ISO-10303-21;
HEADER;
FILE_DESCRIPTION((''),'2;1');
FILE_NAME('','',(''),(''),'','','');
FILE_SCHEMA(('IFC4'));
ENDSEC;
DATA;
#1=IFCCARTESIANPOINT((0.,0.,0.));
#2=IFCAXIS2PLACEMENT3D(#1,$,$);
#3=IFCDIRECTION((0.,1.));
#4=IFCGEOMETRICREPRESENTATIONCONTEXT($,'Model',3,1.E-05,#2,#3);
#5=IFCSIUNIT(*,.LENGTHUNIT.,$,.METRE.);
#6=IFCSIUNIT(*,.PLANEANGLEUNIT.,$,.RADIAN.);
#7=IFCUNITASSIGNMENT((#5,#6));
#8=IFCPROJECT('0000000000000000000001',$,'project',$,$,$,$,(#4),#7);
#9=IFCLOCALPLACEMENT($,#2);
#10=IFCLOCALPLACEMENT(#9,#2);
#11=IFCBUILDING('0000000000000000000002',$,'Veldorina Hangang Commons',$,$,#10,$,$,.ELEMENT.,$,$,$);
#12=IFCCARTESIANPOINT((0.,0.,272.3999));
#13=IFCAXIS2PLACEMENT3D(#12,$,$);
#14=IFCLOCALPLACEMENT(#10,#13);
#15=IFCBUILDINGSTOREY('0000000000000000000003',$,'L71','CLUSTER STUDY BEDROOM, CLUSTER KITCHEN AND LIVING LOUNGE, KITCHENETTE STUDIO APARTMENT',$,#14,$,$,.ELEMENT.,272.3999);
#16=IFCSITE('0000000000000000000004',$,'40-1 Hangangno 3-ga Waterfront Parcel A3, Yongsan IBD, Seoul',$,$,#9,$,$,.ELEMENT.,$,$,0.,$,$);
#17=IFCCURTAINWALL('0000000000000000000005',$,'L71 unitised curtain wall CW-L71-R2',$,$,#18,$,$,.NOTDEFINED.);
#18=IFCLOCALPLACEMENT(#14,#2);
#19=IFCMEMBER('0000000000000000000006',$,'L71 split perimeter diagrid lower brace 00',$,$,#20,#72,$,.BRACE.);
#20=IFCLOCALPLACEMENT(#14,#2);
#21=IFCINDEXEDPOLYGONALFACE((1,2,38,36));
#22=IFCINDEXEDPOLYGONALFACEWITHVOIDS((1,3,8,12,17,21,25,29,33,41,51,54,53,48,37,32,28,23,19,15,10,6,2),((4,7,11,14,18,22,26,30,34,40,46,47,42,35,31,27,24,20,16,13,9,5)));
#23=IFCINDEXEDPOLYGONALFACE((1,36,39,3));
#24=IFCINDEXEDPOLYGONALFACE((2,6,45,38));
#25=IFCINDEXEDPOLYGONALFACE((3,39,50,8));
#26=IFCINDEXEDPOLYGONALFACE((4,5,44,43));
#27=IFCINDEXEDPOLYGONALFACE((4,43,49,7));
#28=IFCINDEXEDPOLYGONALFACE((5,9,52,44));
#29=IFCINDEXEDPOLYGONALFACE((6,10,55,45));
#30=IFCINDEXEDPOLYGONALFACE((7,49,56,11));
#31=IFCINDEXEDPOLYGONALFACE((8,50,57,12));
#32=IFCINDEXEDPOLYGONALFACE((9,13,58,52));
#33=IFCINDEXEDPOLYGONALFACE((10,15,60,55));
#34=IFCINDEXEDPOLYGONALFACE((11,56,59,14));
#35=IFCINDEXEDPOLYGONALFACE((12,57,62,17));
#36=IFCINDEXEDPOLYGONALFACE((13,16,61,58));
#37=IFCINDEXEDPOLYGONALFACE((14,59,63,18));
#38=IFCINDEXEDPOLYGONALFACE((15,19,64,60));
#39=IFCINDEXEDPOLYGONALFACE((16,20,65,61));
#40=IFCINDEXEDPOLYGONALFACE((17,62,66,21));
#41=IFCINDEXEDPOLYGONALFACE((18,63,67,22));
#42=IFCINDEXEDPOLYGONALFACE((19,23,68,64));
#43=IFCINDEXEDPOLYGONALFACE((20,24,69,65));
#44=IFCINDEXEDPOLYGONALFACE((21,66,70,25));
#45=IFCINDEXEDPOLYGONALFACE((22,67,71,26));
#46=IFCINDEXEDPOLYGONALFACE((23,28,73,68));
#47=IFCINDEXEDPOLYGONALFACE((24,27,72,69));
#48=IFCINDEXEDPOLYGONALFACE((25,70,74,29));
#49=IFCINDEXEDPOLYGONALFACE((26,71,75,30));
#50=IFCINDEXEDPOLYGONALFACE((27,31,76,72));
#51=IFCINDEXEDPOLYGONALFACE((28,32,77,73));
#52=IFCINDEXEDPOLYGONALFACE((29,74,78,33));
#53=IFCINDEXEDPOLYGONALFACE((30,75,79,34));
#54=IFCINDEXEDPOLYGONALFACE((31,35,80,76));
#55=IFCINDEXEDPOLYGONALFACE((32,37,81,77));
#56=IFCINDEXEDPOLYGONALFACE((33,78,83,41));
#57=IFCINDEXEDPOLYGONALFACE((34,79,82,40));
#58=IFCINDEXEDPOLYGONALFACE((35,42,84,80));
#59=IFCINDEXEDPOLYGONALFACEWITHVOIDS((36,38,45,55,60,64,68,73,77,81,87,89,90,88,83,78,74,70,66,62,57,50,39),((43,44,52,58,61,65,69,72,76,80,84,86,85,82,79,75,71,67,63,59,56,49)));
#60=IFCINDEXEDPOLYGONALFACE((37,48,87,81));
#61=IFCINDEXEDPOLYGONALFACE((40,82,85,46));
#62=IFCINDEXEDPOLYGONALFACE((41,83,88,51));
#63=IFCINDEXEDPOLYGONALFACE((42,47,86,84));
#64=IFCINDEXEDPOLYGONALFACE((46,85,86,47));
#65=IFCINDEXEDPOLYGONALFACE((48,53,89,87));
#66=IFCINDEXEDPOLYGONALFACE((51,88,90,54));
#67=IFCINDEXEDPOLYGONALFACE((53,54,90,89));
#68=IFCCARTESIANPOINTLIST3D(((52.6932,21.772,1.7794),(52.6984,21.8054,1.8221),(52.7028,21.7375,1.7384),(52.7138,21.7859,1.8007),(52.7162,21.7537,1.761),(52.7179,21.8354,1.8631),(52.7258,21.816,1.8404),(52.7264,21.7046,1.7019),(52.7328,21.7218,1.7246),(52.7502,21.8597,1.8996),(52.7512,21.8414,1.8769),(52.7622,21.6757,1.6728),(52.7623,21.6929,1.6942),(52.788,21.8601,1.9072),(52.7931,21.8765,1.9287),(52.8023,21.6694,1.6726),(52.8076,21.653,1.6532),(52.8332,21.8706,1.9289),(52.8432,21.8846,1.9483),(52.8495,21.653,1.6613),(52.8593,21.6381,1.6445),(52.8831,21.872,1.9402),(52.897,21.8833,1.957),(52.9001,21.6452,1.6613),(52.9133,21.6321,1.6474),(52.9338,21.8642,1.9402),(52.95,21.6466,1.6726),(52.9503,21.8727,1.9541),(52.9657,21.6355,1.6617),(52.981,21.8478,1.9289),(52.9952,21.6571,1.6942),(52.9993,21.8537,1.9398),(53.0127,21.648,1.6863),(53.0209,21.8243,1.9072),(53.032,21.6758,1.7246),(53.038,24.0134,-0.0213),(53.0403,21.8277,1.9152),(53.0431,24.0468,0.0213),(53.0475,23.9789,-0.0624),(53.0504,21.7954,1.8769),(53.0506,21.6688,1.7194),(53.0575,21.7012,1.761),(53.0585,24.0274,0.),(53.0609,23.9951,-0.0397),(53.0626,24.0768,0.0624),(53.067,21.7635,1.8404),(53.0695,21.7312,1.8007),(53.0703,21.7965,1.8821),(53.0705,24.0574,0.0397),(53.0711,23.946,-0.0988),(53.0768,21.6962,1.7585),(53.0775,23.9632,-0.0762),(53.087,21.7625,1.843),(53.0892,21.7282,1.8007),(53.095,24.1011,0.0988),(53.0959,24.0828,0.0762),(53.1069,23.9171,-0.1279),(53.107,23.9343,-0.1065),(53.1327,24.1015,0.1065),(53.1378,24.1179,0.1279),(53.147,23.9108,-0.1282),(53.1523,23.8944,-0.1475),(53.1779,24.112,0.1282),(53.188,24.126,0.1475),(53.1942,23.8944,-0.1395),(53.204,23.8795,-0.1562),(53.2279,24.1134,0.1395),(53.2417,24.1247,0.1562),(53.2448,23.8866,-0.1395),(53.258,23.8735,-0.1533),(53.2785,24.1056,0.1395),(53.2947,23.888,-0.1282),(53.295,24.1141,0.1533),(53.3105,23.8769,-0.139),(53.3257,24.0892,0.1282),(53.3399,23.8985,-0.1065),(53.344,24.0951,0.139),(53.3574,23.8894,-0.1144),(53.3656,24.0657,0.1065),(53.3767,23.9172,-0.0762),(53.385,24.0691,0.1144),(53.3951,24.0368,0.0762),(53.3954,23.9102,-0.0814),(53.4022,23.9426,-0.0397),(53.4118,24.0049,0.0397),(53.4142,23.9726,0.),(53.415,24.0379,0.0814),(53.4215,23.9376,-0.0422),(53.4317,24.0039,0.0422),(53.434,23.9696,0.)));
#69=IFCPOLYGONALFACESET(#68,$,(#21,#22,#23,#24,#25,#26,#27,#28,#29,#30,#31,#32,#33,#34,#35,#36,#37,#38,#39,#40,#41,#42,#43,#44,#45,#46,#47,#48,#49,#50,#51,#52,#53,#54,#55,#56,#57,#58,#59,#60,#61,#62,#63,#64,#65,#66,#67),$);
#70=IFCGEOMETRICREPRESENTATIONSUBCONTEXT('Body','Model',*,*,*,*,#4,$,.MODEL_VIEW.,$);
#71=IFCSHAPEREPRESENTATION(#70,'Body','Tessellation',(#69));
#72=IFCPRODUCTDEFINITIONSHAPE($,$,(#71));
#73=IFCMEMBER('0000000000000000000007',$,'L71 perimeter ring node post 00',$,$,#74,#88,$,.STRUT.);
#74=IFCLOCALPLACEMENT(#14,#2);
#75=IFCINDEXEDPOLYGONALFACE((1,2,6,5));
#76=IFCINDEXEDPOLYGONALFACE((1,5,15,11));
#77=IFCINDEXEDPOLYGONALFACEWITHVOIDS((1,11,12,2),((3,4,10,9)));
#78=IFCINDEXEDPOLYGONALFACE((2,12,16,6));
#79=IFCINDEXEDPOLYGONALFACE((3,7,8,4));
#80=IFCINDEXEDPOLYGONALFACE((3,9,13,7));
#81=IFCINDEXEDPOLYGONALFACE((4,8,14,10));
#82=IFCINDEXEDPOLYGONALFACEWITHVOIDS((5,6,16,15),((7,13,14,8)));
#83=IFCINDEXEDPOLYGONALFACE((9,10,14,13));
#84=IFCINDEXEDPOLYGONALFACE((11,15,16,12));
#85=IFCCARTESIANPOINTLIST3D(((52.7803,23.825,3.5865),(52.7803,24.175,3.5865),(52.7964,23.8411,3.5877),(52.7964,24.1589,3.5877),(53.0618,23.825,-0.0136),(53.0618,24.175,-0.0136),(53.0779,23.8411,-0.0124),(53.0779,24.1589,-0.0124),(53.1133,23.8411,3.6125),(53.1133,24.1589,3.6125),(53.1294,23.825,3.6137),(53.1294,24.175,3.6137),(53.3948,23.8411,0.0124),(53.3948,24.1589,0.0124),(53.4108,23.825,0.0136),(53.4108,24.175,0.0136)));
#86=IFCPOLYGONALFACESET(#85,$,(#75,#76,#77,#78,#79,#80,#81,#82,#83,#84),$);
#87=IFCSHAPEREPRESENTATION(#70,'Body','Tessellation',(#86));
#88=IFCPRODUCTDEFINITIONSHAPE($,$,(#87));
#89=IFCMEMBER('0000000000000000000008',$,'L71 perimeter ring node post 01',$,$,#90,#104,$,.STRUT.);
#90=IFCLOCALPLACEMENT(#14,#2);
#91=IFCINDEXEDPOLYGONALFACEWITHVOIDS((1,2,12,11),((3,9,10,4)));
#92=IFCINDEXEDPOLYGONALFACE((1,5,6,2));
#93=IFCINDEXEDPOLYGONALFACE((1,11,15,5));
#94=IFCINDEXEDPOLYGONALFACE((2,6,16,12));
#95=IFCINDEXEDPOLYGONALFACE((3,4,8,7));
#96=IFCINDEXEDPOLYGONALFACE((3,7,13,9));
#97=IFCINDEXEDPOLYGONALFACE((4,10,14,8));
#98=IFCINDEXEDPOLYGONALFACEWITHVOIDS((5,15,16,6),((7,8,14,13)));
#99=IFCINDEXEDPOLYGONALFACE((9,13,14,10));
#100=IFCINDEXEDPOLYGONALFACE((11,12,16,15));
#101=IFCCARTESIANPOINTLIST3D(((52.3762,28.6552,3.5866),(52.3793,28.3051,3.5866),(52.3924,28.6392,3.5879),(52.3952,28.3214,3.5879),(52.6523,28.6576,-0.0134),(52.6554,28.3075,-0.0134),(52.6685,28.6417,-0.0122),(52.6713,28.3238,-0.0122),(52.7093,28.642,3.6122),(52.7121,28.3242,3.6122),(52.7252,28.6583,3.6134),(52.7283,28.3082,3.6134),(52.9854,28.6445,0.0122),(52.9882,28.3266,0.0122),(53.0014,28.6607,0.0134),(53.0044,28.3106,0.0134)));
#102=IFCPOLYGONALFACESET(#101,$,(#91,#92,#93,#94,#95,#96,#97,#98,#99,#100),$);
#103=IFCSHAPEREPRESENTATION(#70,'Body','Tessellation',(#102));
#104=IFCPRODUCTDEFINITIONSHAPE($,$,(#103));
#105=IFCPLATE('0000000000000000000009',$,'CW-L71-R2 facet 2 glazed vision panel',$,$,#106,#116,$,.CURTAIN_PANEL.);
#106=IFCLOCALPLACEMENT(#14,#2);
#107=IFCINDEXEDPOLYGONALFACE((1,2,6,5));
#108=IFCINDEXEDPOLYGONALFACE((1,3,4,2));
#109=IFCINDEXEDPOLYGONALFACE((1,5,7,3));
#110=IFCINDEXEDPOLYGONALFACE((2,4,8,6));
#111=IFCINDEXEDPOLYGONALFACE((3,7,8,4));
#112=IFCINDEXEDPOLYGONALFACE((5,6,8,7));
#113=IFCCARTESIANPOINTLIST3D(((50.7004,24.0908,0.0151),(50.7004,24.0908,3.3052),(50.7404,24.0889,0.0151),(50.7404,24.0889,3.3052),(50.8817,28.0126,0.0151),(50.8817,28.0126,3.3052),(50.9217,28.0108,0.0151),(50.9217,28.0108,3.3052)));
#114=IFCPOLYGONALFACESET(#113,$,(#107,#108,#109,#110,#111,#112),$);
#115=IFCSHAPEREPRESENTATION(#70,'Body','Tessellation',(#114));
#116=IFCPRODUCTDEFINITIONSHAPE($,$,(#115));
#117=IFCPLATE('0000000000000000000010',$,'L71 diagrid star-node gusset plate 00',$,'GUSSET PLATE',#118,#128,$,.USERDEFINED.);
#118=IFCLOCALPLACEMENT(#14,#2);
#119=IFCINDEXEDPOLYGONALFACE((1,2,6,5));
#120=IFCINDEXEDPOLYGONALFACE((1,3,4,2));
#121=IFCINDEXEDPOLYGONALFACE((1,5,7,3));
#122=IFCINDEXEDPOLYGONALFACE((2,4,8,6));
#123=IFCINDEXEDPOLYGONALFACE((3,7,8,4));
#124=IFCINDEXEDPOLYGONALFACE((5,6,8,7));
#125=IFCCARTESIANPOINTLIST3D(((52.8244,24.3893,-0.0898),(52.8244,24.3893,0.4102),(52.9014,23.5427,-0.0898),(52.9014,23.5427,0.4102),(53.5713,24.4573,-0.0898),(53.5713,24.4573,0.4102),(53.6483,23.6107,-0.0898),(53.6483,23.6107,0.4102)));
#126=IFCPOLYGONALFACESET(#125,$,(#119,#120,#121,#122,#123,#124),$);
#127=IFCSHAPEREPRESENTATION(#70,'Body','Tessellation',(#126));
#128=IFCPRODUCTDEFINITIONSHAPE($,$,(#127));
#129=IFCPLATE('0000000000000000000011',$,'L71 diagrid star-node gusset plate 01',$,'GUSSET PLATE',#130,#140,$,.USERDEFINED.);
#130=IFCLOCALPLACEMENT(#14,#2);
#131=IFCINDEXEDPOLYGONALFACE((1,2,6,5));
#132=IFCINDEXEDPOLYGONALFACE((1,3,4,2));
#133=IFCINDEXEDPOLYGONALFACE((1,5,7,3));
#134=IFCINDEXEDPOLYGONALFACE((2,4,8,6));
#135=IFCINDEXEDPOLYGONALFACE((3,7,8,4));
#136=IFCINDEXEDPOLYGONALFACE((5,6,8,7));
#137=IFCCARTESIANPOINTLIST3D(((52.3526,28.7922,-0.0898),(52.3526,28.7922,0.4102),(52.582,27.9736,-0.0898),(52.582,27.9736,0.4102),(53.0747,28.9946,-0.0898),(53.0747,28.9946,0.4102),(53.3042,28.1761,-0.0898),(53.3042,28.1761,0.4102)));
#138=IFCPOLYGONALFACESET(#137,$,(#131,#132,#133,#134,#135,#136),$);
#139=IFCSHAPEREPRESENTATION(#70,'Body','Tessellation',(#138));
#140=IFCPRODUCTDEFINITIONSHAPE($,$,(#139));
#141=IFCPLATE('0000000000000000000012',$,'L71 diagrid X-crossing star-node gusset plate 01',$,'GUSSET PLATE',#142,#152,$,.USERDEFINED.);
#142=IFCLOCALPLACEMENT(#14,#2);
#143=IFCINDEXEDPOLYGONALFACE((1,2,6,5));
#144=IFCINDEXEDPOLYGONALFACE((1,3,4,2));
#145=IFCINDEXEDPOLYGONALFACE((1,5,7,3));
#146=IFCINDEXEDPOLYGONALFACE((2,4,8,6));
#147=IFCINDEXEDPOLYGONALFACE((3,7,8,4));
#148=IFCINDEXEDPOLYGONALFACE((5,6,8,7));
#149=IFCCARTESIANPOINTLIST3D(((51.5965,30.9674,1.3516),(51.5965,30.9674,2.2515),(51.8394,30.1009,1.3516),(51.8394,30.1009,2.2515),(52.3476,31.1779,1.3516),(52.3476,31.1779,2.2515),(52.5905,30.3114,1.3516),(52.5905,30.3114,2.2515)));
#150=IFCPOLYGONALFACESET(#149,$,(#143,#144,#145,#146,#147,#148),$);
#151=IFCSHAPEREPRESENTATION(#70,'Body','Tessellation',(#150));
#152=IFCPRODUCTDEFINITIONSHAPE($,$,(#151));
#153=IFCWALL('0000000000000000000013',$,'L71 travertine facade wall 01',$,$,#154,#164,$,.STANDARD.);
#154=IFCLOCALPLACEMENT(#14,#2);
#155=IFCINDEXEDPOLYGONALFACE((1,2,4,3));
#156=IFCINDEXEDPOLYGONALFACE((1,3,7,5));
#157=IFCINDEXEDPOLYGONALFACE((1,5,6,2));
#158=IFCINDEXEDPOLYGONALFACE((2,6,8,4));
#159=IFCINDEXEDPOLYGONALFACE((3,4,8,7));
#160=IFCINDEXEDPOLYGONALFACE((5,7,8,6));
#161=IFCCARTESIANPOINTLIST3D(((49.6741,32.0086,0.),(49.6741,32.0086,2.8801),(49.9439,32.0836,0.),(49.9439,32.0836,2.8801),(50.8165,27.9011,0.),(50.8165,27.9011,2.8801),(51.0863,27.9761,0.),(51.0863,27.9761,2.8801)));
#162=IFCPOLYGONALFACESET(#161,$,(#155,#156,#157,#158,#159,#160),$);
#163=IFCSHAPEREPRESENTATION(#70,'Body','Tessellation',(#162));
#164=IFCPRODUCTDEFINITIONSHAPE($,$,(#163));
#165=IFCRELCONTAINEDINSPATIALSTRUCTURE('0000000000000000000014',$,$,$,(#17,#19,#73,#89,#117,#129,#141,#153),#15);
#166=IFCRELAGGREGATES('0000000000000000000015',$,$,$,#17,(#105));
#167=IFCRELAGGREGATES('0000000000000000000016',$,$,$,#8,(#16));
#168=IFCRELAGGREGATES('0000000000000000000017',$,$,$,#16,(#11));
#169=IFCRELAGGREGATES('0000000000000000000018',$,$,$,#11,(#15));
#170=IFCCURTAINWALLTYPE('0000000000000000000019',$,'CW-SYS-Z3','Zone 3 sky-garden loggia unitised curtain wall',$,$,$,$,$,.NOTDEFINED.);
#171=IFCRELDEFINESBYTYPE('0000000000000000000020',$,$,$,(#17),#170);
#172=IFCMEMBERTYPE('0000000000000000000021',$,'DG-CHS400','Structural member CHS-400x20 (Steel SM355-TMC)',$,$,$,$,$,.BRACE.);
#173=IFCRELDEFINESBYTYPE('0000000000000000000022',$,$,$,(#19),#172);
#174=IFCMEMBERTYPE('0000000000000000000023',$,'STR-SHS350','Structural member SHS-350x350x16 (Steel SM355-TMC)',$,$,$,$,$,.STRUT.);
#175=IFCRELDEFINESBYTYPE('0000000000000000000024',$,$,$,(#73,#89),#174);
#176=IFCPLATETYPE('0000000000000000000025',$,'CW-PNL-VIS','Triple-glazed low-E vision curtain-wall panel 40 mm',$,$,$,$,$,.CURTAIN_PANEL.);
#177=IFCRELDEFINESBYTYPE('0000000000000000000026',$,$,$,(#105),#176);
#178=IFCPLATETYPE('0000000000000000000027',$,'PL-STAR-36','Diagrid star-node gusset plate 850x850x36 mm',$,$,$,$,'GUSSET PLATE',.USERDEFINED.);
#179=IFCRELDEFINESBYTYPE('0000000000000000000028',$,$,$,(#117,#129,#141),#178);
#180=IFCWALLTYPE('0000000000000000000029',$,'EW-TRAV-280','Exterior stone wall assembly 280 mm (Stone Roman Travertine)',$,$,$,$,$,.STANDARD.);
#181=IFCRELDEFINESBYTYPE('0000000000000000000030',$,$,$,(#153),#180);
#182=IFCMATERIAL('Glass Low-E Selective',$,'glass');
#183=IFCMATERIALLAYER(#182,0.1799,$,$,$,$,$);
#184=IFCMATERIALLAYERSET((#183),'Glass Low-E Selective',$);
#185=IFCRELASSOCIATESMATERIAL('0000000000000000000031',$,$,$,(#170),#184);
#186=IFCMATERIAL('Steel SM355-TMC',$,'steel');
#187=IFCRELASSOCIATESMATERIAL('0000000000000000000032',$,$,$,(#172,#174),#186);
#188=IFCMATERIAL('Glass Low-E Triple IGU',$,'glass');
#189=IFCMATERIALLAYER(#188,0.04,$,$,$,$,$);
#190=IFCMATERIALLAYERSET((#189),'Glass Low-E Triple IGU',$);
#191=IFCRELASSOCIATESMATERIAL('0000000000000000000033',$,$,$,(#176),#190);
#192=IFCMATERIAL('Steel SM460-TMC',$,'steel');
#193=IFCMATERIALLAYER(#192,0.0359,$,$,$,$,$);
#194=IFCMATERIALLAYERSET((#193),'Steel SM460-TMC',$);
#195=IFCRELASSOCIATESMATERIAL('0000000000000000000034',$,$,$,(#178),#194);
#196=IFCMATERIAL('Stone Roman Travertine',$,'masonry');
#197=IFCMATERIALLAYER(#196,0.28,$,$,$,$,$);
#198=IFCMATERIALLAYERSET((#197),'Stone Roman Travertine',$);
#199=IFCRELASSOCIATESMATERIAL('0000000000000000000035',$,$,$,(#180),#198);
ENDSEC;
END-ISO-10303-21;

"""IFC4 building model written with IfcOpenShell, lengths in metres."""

from ifc_helpers import new_model, si_unit, direction, frame, frame_2d, origin, origin_2d, place, context, subcontext, project, spatial, rectangle, hollow_rectangle, hollow_circle, extrude, material, layer, layer_set, material_profile, profile_set, type_object, element, aggregate, save


model = new_model("IFC4")

# Units and contexts
model_context = context("Model", 3, precision=1e-05, world=origin(), true_north=direction((0.0, 1.0)))
body_context = subcontext(model_context, "Body", "Model", "MODEL_VIEW")
ifc_project = project(units=[si_unit("LENGTHUNIT", "METRE"), si_unit("PLANEANGLEUNIT", "RADIAN")], contexts=[model_context])

# Site, building, storey
site_placement = place(None, origin())
site = spatial("IfcSite", under=ifc_project, at=site_placement, Name="40-1 Hangangno 3-ga Waterfront Parcel A3, Yongsan IBD, Seoul", CompositionType="ELEMENT", RefElevation=0.0)
building_placement = place(site_placement, origin())
building = spatial("IfcBuilding", under=site, at=building_placement, Name="Veldorina Hangang Commons", CompositionType="ELEMENT")
storey_placement = place(building_placement, frame((0.0, 0.0, 272.3999)))
storey = spatial("IfcBuildingStorey", under=building, at=storey_placement, Name="L71", Description="CLUSTER STUDY BEDROOM, CLUSTER KITCHEN AND LIVING LOUNGE, KITCHENETTE STUDIO APARTMENT", CompositionType="ELEMENT", Elevation=272.3999)

# Shared definitions
ifc_material_1 = material(Name="Steel SM355-TMC", Category="steel")

# Curtain wall
ifc_material_2 = material(Name="Glass Low-E Selective", Category="glass")
ifc_layer_1 = layer(ifc_material_2, 0.1799)
ifc_layer_set_1 = layer_set([ifc_layer_1], Name="Glass Low-E Selective")
curtain_wall_type = type_object("IfcCurtainWallType", Name="CW-SYS-Z3", Description="Zone 3 sky-garden loggia unitised curtain wall", PredefinedType="NOTDEFINED", material=ifc_layer_set_1)
curtain_wall_placement = place(storey_placement, origin())
curtain_wall = element("IfcCurtainWall", 1, at=curtain_wall_placement, inside=storey, type_object=curtain_wall_type, Name="L71 unitised curtain wall CW-L71-R2", PredefinedType="NOTDEFINED")

# Members
ifc_material_profile_1 = material_profile(ifc_material_1, hollow_circle(Radius=0.2, WallThickness=0.02, at=origin_2d()), Name="CHS-400x20")
ifc_profile_set_1 = profile_set([ifc_material_profile_1], Name="Steel SM355-TMC")
member_type_1 = type_object("IfcMemberType", Name="DG-CHS400", Description="Structural member CHS-400x20 (Steel SM355-TMC)", PredefinedType="BRACE", material=ifc_profile_set_1)
member_1_placement = place(storey_placement, frame((53.2363, 24.0, 0.0), z_axis=(-0.119043, -0.774031, 0.621855), x_axis=(0.988379, -0.152009, 0.0)))
element("IfcMember", 2, at=member_1_placement, inside=storey, type_object=member_type_1, Name="L71 split perimeter diagrid lower brace 00", PredefinedType="BRACE", context=body_context, shape_type="SweptSolid", body=[
    extrude(hollow_circle(Radius=0.2, WallThickness=0.02, at=origin_2d()), origin(), (0.0, 0.0, 1.0), 2.8958),
])
ifc_material_profile_2 = material_profile(ifc_material_1, hollow_rectangle(XDim=0.3501, YDim=0.3501, WallThickness=0.0161, at=origin_2d()), Name="SHS-350x350x16")
ifc_profile_set_2 = profile_set([ifc_material_profile_2], Name="Steel SM355-TMC")
member_type_2 = type_object("IfcMemberType", Name="STR-SHS350", Description="Structural member SHS-350x350x16 (Steel SM355-TMC)", PredefinedType="STRUT", material=ifc_profile_set_2)
member_2_placement = place(storey_placement, frame((53.2363, 24.0, 0.0), z_axis=(-0.077953, 0.0, 0.996957), x_axis=(0.0, -1.0, 0.0)))
element("IfcMember", 3, at=member_2_placement, inside=storey, type_object=member_type_2, Name="L71 perimeter ring node post 00", PredefinedType="STRUT", context=body_context, shape_type="SweptSolid", body=[
    extrude(hollow_rectangle(XDim=0.3501, YDim=0.3501, WallThickness=0.0161, at=origin_2d()), origin(), (0.0, 0.0, 1.0), 3.6111),
])
member_3_placement = place(storey_placement, frame((52.8284, 28.4841, 0.0), z_axis=(-0.076474, -0.000676, 0.997071), x_axis=(0.008841, -0.999961, 0.0)))
element("IfcMember", 4, at=member_3_placement, inside=storey, type_object=member_type_2, Name="L71 perimeter ring node post 01", PredefinedType="STRUT", context=body_context, shape_type="SweptSolid", body=[
    extrude(hollow_rectangle(XDim=0.3501, YDim=0.3501, WallThickness=0.0161, at=origin_2d()), origin(), (0.0, 0.0, 1.0), 3.6106),
])

# Plate
ifc_material_3 = material(Name="Glass Low-E Triple IGU", Category="glass")
ifc_layer_2 = layer(ifc_material_3, 0.04)
ifc_layer_set_2 = layer_set([ifc_layer_2], Name="Glass Low-E Triple IGU")
plate_type_1 = type_object("IfcPlateType", Name="CW-PNL-VIS", Description="Triple-glazed low-E vision curtain-wall panel 40 mm", PredefinedType="CURTAIN_PANEL", material=ifc_layer_set_2)
plate_1_placement = place(storey_placement, frame((50.811, 26.0508, 0.0151), z_axis=(0.0, 0.0, 1.0), x_axis=(0.046182, 0.998933, 0.0)))
plate_1 = element("IfcPlate", 5, at=plate_1_placement, type_object=plate_type_1, Name="CW-L71-R2 facet 2 glazed vision panel", PredefinedType="CURTAIN_PANEL", context=body_context, shape_type="SweptSolid", body=[
    extrude(rectangle(XDim=3.926, YDim=0.04, at=origin_2d()), origin(), (0.0, 0.0, 1.0), 3.29),
])
aggregate(curtain_wall, [plate_1])

# Plates
ifc_material_4 = material(Name="Steel SM460-TMC", Category="steel")
ifc_layer_3 = layer(ifc_material_4, 0.0359)
ifc_layer_set_3 = layer_set([ifc_layer_3], Name="Steel SM460-TMC")
plate_type_2 = type_object("IfcPlateType", Name="PL-STAR-36", Description="Diagrid star-node gusset plate 850x850x36 mm", ElementType="GUSSET PLATE", PredefinedType="USERDEFINED", material=ifc_layer_set_3)
for number, where, z_axis, x_axis, name in (
    (6, (53.2363, 24.0, -0.0898), (0.0, 0.0, 1.0), (-0.090615, 0.995886, 0.0), "L71 diagrid star-node gusset plate 00"),
    (7, (52.8284, 28.4841, -0.0898), (0.0, 0.0, 1.0), (-0.269878, 0.962895, 0.0), "L71 diagrid star-node gusset plate 01"),
):
    element("IfcPlate", number, at=place(storey_placement, frame(where, z_axis=z_axis, x_axis=x_axis)), inside=storey, type_object=plate_type_2, Name=name, ObjectType="GUSSET PLATE", PredefinedType="USERDEFINED", context=body_context, shape_type="SweptSolid", body=[
        extrude(rectangle(XDim=0.8501, YDim=0.75, at=origin_2d()), origin(), (0.0, 0.0, 1.0), 0.5),
    ])
plate_2_placement = place(storey_placement, frame((52.0935, 30.6394, 1.3516), z_axis=(0.0, 0.0, 1.0), x_axis=(-0.269878, 0.962895, 0.0)))
element("IfcPlate", 8, at=plate_2_placement, inside=storey, type_object=plate_type_2, Name="L71 diagrid X-crossing star-node gusset plate 01", ObjectType="GUSSET PLATE", PredefinedType="USERDEFINED", context=body_context, shape_type="SweptSolid", body=[
    extrude(rectangle(XDim=0.8999, YDim=0.78, at=origin_2d()), origin(), (0.0, 0.0, 1.0), 0.8999),
])

# Shared definitions
ifc_material_5 = material(Name="Stone Roman Travertine", Category="masonry")

# Wall
ifc_layer_4 = layer(ifc_material_5, 0.28)
ifc_layer_set_4 = layer_set([ifc_layer_4], Name="Stone Roman Travertine")
wall_type_1 = type_object("IfcWallType", Name="EW-TRAV-280", Description="Exterior stone wall assembly 280 mm (Stone Roman Travertine)", PredefinedType="STANDARD", material=ifc_layer_set_4)
wall_1_placement = place(storey_placement, frame((50.9514, 27.9385, 0.0), z_axis=(0.0, 0.0, 1.0), x_axis=(-0.267945, 0.963434, 0.0)))
element("IfcWall", 9, at=wall_1_placement, inside=storey, type_object=wall_type_1, Name="L71 travertine facade wall 01", PredefinedType="STANDARD", context=body_context, shape_type="SweptSolid", body=[
    extrude(rectangle(XDim=4.2634, YDim=0.28, at=frame_2d((2.1318, 0.0))), origin(), (0.0, 0.0, 1.0), 2.8801),
])

save(model, "model.ifc")
